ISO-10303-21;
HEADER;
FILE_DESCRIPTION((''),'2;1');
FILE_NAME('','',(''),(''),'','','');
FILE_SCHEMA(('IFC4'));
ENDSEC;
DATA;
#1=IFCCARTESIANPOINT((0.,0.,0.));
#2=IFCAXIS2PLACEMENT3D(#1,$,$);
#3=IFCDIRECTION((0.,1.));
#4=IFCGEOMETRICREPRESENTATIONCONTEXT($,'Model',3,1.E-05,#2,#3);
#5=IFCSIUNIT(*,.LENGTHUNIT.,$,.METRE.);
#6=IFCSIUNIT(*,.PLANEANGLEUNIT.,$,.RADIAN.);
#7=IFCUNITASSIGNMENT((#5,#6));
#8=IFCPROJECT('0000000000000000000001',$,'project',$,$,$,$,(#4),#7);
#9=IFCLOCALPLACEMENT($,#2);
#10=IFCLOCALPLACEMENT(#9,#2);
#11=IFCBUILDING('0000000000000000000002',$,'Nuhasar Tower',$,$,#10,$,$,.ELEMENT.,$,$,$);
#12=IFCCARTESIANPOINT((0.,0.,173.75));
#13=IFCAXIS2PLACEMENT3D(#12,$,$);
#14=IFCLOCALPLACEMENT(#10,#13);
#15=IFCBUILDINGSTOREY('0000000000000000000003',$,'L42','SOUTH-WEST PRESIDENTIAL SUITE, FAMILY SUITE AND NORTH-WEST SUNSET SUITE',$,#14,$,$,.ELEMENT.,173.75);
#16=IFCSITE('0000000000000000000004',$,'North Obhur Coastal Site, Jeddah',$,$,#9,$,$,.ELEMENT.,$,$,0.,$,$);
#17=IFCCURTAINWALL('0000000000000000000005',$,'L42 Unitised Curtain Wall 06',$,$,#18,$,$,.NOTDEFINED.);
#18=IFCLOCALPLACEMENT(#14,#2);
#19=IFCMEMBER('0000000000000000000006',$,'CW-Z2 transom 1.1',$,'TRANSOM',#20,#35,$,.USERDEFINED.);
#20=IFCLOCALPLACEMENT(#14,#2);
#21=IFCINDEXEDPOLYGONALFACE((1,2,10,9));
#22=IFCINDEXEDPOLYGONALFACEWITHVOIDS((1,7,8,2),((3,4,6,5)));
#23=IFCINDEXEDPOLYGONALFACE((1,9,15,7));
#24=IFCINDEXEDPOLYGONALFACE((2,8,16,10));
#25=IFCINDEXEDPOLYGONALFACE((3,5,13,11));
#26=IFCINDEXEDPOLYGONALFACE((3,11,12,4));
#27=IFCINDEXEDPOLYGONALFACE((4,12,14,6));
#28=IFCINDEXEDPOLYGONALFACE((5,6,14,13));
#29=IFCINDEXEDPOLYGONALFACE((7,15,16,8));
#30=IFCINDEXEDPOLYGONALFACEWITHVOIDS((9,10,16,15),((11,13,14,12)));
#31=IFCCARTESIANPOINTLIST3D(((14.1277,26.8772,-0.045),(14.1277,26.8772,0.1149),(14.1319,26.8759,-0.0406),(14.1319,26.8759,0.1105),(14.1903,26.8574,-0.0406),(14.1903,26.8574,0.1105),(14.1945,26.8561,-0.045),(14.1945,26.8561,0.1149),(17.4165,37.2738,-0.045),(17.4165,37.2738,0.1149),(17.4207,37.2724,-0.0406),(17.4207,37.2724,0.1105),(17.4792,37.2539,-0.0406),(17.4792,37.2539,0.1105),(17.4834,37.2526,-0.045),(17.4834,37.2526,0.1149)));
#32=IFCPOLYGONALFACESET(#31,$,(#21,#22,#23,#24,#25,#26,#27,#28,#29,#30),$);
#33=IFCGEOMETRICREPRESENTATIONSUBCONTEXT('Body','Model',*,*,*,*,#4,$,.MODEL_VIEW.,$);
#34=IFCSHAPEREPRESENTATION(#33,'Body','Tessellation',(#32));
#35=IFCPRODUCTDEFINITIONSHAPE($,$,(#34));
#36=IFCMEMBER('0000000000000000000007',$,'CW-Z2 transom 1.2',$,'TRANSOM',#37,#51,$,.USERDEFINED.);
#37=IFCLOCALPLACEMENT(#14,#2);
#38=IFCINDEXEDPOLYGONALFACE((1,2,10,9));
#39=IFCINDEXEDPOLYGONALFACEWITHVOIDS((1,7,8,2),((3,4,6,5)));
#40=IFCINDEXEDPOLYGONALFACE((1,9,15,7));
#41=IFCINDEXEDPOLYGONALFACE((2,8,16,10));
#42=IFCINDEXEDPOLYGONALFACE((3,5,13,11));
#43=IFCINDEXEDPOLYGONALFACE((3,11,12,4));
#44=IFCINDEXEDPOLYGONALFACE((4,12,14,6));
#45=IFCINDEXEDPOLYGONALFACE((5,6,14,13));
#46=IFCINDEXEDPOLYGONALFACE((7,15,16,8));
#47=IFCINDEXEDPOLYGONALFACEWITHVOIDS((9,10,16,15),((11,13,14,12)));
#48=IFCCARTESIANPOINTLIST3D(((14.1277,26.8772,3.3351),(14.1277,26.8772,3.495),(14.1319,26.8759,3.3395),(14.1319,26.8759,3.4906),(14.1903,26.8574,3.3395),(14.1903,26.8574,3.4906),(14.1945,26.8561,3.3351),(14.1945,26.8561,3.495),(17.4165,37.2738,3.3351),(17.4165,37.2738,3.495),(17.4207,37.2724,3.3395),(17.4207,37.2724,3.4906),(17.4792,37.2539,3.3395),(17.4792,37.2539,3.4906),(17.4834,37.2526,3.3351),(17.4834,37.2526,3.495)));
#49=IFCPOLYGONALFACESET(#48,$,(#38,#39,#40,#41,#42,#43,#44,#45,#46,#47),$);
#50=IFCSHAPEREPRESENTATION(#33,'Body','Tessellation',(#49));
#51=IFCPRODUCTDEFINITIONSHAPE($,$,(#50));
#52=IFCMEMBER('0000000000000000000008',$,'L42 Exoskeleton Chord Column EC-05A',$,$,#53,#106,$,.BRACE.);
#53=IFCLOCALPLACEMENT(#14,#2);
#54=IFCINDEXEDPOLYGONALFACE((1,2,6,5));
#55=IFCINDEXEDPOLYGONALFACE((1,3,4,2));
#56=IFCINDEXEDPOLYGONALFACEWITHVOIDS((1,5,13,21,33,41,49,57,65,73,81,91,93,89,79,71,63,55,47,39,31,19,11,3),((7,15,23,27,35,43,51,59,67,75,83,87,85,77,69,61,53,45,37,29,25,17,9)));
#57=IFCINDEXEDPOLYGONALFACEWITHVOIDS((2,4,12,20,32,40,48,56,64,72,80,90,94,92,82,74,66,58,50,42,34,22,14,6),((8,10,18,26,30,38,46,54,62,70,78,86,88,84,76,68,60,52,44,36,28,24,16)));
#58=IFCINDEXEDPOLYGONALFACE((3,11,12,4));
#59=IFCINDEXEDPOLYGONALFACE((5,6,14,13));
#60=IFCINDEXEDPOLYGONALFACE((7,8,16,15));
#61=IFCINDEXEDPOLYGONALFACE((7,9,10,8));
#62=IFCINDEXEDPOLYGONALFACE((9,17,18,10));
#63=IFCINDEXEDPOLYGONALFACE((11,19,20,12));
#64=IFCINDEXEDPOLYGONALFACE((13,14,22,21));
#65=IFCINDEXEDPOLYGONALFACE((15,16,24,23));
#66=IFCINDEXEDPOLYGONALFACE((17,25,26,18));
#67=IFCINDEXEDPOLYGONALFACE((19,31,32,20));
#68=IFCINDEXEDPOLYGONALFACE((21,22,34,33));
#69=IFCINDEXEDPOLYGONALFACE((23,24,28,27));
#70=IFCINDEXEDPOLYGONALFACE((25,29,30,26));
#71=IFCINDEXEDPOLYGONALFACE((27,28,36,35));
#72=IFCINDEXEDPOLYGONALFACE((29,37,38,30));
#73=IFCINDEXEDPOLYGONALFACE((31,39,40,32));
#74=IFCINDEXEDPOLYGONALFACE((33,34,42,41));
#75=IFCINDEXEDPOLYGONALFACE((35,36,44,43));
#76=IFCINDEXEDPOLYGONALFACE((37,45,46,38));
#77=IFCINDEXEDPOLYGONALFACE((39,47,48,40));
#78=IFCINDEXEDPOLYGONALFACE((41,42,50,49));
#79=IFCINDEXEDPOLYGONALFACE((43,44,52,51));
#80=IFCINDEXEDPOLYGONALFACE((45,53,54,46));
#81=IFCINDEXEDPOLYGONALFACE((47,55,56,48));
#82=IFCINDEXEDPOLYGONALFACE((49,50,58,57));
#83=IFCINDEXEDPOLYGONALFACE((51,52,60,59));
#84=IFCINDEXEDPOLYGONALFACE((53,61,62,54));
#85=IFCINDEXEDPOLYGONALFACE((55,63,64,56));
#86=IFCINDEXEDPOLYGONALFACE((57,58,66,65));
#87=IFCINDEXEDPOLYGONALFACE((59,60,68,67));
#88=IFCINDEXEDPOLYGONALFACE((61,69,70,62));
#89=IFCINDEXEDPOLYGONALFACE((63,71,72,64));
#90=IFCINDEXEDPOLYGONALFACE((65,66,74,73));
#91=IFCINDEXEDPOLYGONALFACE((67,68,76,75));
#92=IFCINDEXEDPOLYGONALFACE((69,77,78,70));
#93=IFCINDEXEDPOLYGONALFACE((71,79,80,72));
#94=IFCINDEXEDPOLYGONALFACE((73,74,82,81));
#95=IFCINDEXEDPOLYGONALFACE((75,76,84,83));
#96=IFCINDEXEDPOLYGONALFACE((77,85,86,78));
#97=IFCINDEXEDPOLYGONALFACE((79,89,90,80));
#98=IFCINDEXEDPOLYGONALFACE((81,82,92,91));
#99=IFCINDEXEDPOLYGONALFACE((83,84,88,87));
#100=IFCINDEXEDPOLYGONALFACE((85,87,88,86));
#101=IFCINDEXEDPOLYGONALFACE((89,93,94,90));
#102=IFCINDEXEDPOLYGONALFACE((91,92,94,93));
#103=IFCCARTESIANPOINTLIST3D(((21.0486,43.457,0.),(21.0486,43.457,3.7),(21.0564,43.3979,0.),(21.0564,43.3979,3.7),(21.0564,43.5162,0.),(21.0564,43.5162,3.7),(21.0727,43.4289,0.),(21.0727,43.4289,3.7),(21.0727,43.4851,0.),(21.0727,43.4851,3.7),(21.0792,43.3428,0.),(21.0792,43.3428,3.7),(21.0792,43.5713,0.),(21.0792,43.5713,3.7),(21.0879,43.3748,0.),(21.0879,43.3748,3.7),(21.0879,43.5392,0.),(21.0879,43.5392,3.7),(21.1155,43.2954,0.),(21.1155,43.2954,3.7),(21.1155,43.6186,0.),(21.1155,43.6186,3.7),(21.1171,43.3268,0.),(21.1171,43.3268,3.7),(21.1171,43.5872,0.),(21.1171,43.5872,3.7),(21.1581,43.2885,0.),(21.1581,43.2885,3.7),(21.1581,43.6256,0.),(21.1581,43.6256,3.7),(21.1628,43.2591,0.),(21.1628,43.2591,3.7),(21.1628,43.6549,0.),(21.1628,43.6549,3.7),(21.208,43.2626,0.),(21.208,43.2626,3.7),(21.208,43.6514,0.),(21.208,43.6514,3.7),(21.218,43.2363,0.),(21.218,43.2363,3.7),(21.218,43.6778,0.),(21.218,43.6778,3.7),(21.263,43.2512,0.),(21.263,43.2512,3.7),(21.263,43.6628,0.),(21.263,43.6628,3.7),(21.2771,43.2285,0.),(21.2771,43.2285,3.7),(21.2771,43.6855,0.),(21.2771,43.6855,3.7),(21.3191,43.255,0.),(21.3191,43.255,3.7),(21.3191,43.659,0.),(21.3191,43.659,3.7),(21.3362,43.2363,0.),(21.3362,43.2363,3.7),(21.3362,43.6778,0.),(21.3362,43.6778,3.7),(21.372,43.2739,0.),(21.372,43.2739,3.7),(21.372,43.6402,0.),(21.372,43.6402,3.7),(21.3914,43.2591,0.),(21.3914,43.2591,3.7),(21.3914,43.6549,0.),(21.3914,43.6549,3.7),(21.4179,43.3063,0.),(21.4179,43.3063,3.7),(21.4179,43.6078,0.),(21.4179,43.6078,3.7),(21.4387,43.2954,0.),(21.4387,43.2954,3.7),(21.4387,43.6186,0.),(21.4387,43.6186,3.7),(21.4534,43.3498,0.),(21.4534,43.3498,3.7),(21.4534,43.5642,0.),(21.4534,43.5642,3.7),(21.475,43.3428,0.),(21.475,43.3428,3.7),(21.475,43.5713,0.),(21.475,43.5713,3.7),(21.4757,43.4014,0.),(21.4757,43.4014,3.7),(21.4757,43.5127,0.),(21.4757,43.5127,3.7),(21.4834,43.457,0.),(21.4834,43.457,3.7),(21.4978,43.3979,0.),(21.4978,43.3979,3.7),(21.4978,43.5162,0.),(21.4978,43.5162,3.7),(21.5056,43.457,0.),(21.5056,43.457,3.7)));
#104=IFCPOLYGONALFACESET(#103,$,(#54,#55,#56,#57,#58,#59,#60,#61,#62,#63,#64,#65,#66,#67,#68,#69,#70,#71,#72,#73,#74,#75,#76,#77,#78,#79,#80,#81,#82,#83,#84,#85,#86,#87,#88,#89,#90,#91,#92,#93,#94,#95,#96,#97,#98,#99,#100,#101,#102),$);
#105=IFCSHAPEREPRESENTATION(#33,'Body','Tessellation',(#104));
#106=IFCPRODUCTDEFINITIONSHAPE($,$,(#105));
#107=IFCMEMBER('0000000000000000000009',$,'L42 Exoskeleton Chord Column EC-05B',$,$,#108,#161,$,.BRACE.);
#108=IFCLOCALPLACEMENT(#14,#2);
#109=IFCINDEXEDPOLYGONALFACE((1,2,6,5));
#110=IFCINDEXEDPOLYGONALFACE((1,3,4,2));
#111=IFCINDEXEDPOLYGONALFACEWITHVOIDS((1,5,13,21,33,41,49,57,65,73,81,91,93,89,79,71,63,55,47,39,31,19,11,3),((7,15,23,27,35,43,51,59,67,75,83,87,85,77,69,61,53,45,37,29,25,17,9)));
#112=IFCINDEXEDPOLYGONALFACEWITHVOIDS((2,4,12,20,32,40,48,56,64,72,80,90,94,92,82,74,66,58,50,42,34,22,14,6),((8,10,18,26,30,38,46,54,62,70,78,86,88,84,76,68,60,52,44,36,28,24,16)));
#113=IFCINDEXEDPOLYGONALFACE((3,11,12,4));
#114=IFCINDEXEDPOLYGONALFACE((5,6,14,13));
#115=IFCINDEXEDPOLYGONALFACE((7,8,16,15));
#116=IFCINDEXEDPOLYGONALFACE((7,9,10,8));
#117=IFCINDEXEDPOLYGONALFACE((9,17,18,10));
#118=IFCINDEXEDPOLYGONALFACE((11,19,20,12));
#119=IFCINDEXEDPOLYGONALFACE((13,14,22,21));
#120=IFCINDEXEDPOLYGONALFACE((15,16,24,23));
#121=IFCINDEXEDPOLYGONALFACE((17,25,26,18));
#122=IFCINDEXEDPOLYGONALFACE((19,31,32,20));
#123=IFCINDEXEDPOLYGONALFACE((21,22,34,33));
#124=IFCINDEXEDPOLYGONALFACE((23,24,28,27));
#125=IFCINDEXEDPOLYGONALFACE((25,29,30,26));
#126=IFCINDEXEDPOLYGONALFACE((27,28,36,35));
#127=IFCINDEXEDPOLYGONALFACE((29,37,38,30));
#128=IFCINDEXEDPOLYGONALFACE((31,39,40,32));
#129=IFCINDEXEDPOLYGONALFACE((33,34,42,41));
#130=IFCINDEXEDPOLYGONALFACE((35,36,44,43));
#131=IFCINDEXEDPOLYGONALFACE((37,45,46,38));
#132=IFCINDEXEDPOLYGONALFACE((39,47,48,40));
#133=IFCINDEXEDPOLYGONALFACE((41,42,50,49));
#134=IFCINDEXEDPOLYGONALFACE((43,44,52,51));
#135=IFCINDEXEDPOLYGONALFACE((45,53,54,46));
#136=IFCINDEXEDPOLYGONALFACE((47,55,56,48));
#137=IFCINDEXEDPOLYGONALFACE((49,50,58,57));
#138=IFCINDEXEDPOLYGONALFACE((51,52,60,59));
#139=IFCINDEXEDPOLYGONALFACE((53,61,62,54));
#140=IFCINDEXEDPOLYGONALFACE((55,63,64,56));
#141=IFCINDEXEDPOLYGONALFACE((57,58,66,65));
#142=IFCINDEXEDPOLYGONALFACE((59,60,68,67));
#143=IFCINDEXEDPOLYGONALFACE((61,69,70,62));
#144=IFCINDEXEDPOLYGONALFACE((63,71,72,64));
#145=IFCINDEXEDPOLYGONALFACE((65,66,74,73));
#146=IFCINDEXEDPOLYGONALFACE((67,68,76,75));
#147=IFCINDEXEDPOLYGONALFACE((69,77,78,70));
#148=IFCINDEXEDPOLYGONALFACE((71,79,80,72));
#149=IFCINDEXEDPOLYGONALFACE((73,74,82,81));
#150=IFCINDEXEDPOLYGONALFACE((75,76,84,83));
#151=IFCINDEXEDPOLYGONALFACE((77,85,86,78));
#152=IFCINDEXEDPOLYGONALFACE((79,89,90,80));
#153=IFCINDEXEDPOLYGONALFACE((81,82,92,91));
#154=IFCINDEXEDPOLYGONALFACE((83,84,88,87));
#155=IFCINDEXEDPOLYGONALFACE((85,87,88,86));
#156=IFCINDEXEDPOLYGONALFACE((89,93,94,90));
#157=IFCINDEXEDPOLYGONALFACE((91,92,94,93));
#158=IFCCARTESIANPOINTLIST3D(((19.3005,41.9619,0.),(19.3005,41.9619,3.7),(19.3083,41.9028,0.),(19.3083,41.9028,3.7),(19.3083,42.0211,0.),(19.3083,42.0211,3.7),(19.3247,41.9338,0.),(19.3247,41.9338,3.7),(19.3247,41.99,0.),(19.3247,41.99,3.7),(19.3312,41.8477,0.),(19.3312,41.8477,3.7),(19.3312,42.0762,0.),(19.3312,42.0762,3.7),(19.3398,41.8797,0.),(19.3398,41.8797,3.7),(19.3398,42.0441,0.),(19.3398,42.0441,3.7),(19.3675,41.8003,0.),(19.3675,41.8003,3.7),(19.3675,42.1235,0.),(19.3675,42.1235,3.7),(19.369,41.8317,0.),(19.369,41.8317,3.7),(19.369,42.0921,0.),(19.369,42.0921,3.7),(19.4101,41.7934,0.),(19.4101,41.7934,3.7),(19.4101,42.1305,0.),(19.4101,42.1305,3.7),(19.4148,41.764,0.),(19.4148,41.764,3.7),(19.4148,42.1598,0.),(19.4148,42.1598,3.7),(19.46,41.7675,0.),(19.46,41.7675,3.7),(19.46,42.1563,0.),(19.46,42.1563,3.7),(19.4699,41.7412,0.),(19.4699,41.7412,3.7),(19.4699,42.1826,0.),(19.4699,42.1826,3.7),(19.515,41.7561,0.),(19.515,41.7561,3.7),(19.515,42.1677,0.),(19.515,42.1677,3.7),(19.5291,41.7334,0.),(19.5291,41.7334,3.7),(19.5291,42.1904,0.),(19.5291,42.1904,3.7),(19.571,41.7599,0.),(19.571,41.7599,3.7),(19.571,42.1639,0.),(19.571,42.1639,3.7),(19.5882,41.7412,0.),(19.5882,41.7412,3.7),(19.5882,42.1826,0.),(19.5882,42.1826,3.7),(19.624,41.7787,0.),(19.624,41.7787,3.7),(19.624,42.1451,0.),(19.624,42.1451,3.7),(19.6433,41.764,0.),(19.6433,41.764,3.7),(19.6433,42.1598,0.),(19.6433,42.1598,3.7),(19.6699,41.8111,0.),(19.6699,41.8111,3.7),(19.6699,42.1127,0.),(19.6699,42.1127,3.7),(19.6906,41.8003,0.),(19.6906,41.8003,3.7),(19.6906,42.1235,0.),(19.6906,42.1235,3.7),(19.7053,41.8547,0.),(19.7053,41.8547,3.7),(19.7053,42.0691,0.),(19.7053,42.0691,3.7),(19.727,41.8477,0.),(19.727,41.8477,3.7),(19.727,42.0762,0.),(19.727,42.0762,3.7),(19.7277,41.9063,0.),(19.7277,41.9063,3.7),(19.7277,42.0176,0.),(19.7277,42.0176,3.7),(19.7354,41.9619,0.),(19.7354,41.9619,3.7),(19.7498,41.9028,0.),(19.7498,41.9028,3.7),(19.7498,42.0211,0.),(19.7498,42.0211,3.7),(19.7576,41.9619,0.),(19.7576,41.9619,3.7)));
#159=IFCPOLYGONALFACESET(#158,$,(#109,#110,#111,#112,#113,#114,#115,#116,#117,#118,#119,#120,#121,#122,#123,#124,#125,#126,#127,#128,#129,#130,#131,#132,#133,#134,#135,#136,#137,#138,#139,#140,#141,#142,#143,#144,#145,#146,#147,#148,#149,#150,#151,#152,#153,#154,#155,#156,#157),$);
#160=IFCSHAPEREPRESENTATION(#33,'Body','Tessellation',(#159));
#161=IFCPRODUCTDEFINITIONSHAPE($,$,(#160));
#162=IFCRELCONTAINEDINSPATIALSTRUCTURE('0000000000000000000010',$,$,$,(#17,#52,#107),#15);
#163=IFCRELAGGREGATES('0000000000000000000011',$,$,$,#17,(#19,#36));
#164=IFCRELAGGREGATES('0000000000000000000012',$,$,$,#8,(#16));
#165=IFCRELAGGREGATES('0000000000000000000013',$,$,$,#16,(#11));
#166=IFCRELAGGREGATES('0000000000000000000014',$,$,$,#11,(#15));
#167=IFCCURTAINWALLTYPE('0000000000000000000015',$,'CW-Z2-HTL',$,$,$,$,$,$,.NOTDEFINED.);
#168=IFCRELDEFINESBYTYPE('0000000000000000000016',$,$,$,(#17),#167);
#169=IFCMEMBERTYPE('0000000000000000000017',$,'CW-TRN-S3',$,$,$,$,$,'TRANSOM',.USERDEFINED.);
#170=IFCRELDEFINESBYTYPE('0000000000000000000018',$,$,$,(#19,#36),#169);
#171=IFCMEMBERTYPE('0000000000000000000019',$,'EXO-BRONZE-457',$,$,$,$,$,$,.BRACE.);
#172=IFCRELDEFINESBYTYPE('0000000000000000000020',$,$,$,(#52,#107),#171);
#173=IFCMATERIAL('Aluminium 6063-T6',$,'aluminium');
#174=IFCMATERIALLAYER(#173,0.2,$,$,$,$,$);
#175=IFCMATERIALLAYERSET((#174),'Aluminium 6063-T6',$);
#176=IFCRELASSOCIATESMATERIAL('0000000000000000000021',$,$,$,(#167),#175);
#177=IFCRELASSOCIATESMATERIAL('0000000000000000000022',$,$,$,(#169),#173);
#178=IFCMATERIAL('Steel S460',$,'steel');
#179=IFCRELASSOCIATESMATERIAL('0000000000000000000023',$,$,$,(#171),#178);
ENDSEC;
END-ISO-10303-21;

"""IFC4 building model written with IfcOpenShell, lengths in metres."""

from ifc_helpers import new_model, si_unit, direction, frame, origin, origin_2d, place, context, subcontext, project, spatial, hollow_rectangle, hollow_circle, extrude, material, layer, layer_set, material_profile, profile_set, type_object, element, aggregate, save


model = new_model("IFC4")

# Units and contexts
model_context = context("Model", 3, precision=1e-05, world=origin(), true_north=direction((0.0, 1.0)))
body_context = subcontext(model_context, "Body", "Model", "MODEL_VIEW")
ifc_project = project(units=[si_unit("LENGTHUNIT", "METRE"), si_unit("PLANEANGLEUNIT", "RADIAN")], contexts=[model_context])

# Site, building, storey
site_placement = place(None, origin())
site = spatial("IfcSite", under=ifc_project, at=site_placement, Name="North Obhur Coastal Site, Jeddah", CompositionType="ELEMENT", RefElevation=0.0)
building_placement = place(site_placement, origin())
building = spatial("IfcBuilding", under=site, at=building_placement, Name="Nuhasar Tower", CompositionType="ELEMENT")
storey_placement = place(building_placement, frame((0.0, 0.0, 173.75)))
storey = spatial("IfcBuildingStorey", under=building, at=storey_placement, Name="L42", Description="SOUTH-WEST PRESIDENTIAL SUITE, FAMILY SUITE AND NORTH-WEST SUNSET SUITE", CompositionType="ELEMENT", Elevation=173.75)

# Shared definitions
ifc_material_1 = material(Name="Aluminium 6063-T6", Category="aluminium")
ifc_layer_1 = layer(ifc_material_1, 0.2)
ifc_layer_set_1 = layer_set([ifc_layer_1], Name="Aluminium 6063-T6")
curtain_wall_type = type_object("IfcCurtainWallType", Name="CW-Z2-HTL", PredefinedType="NOTDEFINED", material=ifc_layer_set_1)

# Curtain wall
curtain_wall_1_placement = place(storey_placement, origin())
curtain_wall_1 = element("IfcCurtainWall", 1, at=curtain_wall_1_placement, inside=storey, type_object=curtain_wall_type, Name="L42 Unitised Curtain Wall 06", PredefinedType="NOTDEFINED")

# Members
ifc_material_profile_1 = material_profile(ifc_material_1, hollow_rectangle(XDim=0.0701, YDim=0.1599, WallThickness=0.0044, at=origin_2d()), Name="CWT-3")
ifc_profile_set_1 = profile_set([ifc_material_profile_1], Name="Aluminium 6063-T6")
member_type_1 = type_object("IfcMemberType", Name="CW-TRN-S3", ElementType="TRANSOM", PredefinedType="USERDEFINED", material=ifc_profile_set_1)
member_1_placement = place(storey_placement, frame((17.45, 37.2632, 0.0349), z_axis=(-0.301608, -0.953432, 0.0), x_axis=(0.953432, -0.301608, 0.0)))
member_1 = element("IfcMember", 2, at=member_1_placement, type_object=member_type_1, Name="CW-Z2 transom 1.1", ObjectType="TRANSOM", PredefinedType="USERDEFINED", context=body_context, shape_type="SweptSolid", body=[
    extrude(hollow_rectangle(XDim=0.0701, YDim=0.1599, WallThickness=0.0044, at=origin_2d()), origin(), (0.0, 0.0, 1.0), 10.9043),
])
member_2_placement = place(storey_placement, frame((17.45, 37.2632, 3.415), z_axis=(-0.301608, -0.953432, 0.0), x_axis=(0.953432, -0.301608, 0.0)))
member_2 = element("IfcMember", 3, at=member_2_placement, type_object=member_type_1, Name="CW-Z2 transom 1.2", ObjectType="TRANSOM", PredefinedType="USERDEFINED", context=body_context, shape_type="SweptSolid", body=[
    extrude(hollow_rectangle(XDim=0.0701, YDim=0.1599, WallThickness=0.0044, at=origin_2d()), origin(), (0.0, 0.0, 1.0), 10.9043),
])
aggregate(curtain_wall_1, [member_1, member_2])

# Members
ifc_material_2 = material(Name="Steel S460", Category="steel")
ifc_material_profile_2 = material_profile(ifc_material_2, hollow_circle(Radius=0.2285, WallThickness=0.0222, at=origin_2d()), Name="HSS457X22.2")
ifc_profile_set_2 = profile_set([ifc_material_profile_2], Name="Steel S460")
member_type_2 = type_object("IfcMemberType", Name="EXO-BRONZE-457", PredefinedType="BRACE", material=ifc_profile_set_2)
for number, where, z_axis, x_axis, name in (
    (4, (21.2771, 43.457, 0.0), (0.0, 0.0, 1.0), (1.0, 0.0, 0.0), "L42 Exoskeleton Chord Column EC-05A"),
    (5, (19.5291, 41.9619, 0.0), (0.0, 0.0, 1.0), (1.0, 0.0, 0.0), "L42 Exoskeleton Chord Column EC-05B"),
):
    element("IfcMember", number, at=place(storey_placement, frame(where, z_axis=z_axis, x_axis=x_axis)), inside=storey, type_object=member_type_2, Name=name, PredefinedType="BRACE", context=body_context, shape_type="SweptSolid", body=[
        extrude(hollow_circle(Radius=0.2285, WallThickness=0.0222, at=origin_2d()), origin(), (0.0, 0.0, 1.0), 3.7),
    ])

save(model, "model.ifc")
